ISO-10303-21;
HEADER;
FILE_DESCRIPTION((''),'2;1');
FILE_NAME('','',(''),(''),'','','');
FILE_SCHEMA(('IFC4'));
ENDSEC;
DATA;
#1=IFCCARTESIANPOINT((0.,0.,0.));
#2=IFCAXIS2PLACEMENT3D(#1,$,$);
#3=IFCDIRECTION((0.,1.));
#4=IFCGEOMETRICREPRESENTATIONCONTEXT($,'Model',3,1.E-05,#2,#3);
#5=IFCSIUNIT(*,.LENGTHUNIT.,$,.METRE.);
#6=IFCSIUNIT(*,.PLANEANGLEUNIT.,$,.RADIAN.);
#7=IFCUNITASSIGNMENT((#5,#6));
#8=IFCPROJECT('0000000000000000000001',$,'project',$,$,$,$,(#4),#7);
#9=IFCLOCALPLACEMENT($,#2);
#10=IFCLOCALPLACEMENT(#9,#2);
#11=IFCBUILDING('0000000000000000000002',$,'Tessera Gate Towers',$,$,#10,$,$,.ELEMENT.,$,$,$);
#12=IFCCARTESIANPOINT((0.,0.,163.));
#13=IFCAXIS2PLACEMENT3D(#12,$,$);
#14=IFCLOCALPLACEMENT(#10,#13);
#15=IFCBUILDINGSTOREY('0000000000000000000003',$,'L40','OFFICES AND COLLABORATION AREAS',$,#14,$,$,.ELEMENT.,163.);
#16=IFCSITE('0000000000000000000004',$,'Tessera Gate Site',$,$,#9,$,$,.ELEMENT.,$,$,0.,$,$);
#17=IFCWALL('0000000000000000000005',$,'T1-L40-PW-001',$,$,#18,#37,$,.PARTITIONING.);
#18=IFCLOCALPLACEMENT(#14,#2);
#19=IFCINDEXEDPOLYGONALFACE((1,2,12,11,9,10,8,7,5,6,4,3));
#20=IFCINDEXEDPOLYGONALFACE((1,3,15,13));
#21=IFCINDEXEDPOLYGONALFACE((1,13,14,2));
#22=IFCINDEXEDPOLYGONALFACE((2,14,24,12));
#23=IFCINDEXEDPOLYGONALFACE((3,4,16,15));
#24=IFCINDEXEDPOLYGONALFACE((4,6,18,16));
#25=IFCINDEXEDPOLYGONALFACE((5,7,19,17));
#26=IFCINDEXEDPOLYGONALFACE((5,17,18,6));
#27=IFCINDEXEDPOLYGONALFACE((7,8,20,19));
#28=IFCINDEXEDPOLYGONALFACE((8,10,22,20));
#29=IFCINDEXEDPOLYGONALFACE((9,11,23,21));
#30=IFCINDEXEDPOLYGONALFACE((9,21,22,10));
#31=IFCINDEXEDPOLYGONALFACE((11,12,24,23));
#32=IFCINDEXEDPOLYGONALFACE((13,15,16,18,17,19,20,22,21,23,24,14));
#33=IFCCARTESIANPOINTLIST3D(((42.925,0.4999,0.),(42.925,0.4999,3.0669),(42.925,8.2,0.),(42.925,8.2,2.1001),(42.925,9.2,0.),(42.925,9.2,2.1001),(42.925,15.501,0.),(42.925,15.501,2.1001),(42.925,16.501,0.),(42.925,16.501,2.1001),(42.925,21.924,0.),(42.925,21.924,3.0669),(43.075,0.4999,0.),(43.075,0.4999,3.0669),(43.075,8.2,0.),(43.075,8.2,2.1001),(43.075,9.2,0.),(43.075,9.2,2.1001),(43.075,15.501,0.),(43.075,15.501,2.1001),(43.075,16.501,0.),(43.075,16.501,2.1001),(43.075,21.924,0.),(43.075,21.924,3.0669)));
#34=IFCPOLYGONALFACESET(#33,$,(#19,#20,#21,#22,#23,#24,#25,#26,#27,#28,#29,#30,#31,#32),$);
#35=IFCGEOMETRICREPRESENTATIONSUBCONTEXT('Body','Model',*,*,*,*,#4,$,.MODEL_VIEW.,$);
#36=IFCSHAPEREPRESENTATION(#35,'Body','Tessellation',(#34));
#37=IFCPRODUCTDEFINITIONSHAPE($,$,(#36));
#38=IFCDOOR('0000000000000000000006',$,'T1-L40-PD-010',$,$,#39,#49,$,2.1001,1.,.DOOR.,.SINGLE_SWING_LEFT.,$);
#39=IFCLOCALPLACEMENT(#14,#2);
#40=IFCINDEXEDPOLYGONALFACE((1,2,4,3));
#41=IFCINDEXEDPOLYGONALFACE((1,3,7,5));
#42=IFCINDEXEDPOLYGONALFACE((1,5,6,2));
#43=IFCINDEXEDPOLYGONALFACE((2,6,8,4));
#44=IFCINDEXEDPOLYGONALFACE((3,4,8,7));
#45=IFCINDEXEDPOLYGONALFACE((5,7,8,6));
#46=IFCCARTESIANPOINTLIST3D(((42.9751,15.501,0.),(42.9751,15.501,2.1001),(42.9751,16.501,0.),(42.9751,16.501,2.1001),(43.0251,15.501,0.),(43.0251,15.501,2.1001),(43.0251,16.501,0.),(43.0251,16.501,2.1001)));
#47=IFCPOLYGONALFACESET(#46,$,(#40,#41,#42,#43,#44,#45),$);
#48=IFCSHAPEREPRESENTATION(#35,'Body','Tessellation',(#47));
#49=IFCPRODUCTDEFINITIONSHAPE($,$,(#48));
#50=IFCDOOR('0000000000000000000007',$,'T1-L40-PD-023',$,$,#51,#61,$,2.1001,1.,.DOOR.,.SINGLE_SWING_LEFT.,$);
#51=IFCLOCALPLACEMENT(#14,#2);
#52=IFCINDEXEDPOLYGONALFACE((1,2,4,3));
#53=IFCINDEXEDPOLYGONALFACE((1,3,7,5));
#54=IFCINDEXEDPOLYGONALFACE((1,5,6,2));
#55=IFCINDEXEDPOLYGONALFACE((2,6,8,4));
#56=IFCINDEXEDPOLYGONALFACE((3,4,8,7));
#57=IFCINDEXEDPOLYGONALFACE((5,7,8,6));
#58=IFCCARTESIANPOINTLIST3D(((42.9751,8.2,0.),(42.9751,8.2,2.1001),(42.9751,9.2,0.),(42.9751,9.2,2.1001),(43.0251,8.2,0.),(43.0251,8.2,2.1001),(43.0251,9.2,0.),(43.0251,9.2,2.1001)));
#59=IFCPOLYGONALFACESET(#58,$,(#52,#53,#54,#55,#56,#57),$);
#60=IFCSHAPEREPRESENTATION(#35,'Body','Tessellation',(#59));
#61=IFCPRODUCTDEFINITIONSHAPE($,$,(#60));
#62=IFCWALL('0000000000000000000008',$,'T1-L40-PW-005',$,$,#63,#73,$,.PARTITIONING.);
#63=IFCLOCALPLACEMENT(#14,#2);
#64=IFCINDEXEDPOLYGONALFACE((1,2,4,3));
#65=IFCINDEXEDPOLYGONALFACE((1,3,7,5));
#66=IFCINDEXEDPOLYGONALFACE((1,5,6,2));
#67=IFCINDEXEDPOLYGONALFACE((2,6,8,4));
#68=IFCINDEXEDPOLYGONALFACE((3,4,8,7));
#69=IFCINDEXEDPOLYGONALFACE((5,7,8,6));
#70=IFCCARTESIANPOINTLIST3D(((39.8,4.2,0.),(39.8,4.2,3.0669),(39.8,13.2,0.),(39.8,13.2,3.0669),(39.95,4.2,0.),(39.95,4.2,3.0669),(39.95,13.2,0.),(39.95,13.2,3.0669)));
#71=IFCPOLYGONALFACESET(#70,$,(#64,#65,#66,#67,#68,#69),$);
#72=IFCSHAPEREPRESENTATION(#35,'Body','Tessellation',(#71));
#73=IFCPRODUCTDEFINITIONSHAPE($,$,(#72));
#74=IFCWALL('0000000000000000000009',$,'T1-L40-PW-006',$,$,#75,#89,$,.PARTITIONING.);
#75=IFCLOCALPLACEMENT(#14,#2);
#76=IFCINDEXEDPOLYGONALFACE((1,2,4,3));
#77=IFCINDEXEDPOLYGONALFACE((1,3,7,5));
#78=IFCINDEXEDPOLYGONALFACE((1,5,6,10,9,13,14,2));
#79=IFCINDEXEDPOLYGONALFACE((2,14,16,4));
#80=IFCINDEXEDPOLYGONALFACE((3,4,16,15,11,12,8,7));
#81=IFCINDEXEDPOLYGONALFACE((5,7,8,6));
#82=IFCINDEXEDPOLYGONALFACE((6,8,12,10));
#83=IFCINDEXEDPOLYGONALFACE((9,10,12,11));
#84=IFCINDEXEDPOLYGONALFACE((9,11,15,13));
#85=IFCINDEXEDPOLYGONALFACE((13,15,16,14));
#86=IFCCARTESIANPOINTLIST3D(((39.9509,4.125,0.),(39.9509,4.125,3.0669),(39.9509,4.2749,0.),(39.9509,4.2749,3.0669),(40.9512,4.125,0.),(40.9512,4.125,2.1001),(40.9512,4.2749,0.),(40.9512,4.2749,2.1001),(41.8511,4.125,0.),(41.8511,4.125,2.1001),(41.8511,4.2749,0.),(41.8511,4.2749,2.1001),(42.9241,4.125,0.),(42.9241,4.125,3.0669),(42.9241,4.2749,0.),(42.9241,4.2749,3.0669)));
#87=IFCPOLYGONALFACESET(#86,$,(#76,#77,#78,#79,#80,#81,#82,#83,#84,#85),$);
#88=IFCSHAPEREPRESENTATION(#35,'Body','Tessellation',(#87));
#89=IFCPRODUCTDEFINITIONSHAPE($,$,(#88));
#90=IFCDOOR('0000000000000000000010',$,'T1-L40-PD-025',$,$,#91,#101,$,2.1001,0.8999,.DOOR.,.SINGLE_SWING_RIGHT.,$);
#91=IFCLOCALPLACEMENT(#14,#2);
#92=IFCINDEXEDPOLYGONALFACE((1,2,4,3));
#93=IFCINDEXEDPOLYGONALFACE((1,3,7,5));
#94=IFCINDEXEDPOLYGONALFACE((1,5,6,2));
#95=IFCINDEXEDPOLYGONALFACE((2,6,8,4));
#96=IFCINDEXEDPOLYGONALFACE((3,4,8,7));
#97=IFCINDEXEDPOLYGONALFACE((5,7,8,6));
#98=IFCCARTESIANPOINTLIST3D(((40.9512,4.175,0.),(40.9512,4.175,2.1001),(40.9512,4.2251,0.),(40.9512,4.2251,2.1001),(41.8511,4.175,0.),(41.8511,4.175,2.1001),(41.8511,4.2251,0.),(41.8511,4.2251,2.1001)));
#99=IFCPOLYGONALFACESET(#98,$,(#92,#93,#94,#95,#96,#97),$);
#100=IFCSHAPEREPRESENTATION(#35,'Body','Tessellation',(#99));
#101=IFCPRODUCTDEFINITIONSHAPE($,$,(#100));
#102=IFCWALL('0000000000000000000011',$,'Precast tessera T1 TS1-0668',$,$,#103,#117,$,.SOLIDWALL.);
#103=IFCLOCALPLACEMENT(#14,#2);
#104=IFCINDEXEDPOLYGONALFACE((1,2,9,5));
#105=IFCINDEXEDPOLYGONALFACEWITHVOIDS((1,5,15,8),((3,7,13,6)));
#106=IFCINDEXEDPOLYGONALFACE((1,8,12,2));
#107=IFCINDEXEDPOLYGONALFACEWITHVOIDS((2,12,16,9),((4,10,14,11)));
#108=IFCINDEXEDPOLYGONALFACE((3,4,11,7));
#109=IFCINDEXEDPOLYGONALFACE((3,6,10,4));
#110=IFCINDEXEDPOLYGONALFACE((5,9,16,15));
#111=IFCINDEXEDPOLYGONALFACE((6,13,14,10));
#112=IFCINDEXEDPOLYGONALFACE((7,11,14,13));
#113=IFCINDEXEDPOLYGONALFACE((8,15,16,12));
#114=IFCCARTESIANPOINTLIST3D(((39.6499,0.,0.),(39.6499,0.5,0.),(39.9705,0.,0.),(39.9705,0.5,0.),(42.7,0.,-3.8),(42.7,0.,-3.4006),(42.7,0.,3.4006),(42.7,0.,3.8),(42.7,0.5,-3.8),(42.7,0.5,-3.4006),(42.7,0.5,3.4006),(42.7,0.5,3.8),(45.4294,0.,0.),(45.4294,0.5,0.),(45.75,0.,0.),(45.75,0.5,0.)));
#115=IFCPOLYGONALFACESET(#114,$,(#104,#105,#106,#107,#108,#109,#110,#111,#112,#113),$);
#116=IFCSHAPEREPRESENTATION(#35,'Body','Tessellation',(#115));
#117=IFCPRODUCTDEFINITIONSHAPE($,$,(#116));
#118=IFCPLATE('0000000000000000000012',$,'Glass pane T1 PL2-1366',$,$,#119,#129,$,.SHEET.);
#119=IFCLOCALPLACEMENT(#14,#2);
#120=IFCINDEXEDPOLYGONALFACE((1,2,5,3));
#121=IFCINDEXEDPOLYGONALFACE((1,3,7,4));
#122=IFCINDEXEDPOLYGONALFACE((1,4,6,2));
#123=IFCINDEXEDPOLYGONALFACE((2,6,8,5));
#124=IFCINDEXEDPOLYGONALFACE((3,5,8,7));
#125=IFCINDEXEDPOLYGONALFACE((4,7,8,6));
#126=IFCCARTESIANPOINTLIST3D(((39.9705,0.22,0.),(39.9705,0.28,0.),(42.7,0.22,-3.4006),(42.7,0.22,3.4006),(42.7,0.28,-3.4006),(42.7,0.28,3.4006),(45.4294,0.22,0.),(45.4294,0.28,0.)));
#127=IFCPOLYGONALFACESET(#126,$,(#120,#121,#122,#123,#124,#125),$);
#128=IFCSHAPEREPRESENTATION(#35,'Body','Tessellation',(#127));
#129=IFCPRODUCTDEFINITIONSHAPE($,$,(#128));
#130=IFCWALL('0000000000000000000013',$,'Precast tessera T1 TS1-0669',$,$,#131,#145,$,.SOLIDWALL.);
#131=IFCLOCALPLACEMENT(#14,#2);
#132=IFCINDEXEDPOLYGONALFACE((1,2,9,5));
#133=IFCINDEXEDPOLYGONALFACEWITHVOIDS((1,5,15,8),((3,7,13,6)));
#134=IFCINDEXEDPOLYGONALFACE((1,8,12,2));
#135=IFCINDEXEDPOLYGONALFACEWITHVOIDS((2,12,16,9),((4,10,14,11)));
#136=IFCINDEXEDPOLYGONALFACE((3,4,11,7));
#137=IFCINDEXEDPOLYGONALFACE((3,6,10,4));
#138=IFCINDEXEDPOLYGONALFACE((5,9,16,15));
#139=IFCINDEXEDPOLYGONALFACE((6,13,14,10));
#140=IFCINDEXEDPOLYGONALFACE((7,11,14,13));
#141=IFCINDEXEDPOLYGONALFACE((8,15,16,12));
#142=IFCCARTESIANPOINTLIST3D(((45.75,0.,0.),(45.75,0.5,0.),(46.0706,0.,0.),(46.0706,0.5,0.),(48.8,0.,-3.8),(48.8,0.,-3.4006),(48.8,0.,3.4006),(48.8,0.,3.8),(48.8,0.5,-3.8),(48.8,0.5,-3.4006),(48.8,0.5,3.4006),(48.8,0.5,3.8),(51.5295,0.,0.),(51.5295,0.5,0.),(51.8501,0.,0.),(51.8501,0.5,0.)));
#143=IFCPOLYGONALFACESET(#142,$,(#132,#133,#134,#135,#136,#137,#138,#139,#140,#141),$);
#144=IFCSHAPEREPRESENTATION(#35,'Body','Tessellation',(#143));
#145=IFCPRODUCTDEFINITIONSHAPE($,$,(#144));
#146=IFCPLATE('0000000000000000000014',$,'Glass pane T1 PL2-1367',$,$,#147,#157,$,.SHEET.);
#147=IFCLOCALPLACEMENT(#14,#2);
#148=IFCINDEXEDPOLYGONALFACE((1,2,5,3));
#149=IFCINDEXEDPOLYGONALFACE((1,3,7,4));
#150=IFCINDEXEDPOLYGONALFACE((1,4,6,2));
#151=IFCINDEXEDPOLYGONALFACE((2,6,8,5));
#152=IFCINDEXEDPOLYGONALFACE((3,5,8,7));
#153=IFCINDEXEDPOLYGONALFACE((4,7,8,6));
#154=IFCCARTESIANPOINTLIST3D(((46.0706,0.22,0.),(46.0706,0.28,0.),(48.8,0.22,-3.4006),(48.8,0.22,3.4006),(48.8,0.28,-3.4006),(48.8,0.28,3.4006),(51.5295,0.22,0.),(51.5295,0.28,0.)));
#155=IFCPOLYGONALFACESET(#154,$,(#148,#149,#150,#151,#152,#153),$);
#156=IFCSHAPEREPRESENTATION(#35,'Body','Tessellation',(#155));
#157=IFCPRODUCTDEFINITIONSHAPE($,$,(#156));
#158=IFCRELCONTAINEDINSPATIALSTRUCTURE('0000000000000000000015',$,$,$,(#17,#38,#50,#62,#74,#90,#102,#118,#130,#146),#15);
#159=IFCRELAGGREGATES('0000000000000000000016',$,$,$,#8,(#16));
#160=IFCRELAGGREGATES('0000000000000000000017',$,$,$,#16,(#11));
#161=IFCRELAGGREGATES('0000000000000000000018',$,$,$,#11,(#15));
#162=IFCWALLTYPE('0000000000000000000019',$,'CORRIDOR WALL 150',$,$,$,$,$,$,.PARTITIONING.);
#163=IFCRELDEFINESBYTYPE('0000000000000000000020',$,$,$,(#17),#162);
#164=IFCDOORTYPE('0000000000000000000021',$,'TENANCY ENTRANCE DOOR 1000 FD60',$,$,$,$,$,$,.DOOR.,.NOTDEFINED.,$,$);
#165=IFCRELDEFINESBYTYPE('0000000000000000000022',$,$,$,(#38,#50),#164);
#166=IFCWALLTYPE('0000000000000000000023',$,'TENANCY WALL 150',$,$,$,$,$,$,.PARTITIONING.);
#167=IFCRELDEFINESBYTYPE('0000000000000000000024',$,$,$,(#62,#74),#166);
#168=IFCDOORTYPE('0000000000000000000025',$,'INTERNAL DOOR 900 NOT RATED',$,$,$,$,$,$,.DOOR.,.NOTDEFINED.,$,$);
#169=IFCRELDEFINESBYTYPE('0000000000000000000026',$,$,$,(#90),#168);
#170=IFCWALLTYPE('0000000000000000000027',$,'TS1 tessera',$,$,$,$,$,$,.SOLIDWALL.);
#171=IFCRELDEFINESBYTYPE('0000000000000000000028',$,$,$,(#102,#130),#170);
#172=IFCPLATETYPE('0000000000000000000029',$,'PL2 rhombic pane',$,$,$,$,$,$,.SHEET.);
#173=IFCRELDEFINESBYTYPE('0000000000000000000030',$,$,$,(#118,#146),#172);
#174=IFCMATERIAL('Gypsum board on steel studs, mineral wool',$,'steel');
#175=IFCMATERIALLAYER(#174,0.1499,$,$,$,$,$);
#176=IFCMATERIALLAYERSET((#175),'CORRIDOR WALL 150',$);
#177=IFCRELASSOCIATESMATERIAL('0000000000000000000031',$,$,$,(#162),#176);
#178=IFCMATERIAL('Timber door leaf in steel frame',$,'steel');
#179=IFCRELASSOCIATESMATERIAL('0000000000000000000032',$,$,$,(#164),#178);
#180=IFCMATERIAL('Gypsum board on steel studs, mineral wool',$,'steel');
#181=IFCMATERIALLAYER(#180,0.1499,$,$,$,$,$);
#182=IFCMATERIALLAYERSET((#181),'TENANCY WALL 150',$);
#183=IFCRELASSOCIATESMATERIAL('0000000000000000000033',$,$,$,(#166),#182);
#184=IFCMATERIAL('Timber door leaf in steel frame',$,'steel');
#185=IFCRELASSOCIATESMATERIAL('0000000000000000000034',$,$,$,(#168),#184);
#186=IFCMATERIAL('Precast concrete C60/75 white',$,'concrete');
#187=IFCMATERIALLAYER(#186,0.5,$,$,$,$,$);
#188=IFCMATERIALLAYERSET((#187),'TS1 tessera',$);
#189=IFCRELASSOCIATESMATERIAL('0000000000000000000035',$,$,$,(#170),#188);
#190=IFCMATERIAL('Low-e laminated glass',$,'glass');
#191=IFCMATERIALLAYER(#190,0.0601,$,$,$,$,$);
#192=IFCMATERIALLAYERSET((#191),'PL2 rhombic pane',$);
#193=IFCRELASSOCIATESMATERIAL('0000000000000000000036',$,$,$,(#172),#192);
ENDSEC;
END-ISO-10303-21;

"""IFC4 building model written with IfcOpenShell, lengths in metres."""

from ifc_helpers import new_model, si_unit, direction, frame, frame_2d, origin, place, context, subcontext, project, spatial, polyline, rectangle, outline, extrude, source, transform, mapped, material, layer, layer_set, type_object, element, fill, save


model = new_model("IFC4")

# Units and contexts
model_context = context("Model", 3, precision=1e-05, world=origin(), true_north=direction((0.0, 1.0)))
body_context = subcontext(model_context, "Body", "Model", "MODEL_VIEW")
ifc_project = project(units=[si_unit("LENGTHUNIT", "METRE"), si_unit("PLANEANGLEUNIT", "RADIAN")], contexts=[model_context])

# Site, building, storey
site_placement = place(None, origin())
site = spatial("IfcSite", under=ifc_project, at=site_placement, Name="Tessera Gate Site", CompositionType="ELEMENT", RefElevation=0.0)
building_placement = place(site_placement, origin())
building = spatial("IfcBuilding", under=site, at=building_placement, Name="Tessera Gate Towers", CompositionType="ELEMENT")
storey_placement = place(building_placement, frame((0.0, 0.0, 163.0)))
storey = spatial("IfcBuildingStorey", under=building, at=storey_placement, Name="L40", Description="OFFICES AND COLLABORATION AREAS", CompositionType="ELEMENT", Elevation=163.0)

# Wall, openings, doors
ifc_material_1 = material(Name="Gypsum board on steel studs, mineral wool", Category="steel")
ifc_layer_1 = layer(ifc_material_1, 0.1499)
ifc_layer_set_1 = layer_set([ifc_layer_1], Name="CORRIDOR WALL 150")
wall_type_1 = type_object("IfcWallType", Name="CORRIDOR WALL 150", PredefinedType="PARTITIONING", material=ifc_layer_set_1)
wall_1_placement = place(storey_placement, frame((43.0, 0.5, 0.0), z_axis=(0.0, 0.0, 1.0), x_axis=(0.0, 1.0, 0.0)))
wall_1 = element("IfcWall", 1, at=wall_1_placement, inside=storey, type_object=wall_type_1, Name="T1-L40-PW-001", PredefinedType="PARTITIONING", context=body_context, shape_type="SweptSolid", body=[
    extrude(rectangle(XDim=21.4241, YDim=0.1499, at=frame_2d((10.7119, 0.0))), origin(), (0.0, 0.0, 1.0), 3.0669),
])
shared_shape_1 = source(origin(), body_context, "Body", "SweptSolid", [
    extrude(rectangle(XDim=1.0, YDim=2.1001, at=frame_2d((0.5, 1.05))), frame((0.0, 0.085, 0.0), z_axis=(0.0, -1.0, 0.0), x_axis=(1.0, 0.0, 0.0)), (0.0, 0.0, 1.0), 0.1699),
])
opening_1_placement = place(wall_1_placement, frame((15.001, 0.0, 0.0)))
opening_1 = element("IfcOpeningElement", 2, at=opening_1_placement, cuts=wall_1, PredefinedType="OPENING", context=body_context, shape_type="MappedRepresentation", body=[
    mapped(shared_shape_1, transform((0.0, 0.0, 0.0), scale=1.0)),
])
opening_2_placement = place(wall_1_placement, frame((7.7, 0.0, 0.0)))
opening_2 = element("IfcOpeningElement", 3, at=opening_2_placement, cuts=wall_1, PredefinedType="OPENING", context=body_context, shape_type="MappedRepresentation", body=[
    mapped(shared_shape_1, transform((0.0, 0.0, 0.0), scale=1.0)),
])
ifc_material_2 = material(Name="Timber door leaf in steel frame", Category="steel")
door_type_1 = type_object("IfcDoorType", Name="TENANCY ENTRANCE DOOR 1000 FD60", OperationType="NOTDEFINED", PredefinedType="DOOR", material=ifc_material_2)
shared_shape_2 = source(origin(), body_context, "Body", "SweptSolid", [
    extrude(rectangle(XDim=1.0, YDim=2.1001, at=frame_2d((0.5, 1.05))), frame((0.0, 0.0249, 0.0), z_axis=(0.0, -1.0, 0.0), x_axis=(1.0, 0.0, 0.0)), (0.0, 0.0, 1.0), 0.05),
])
door_1_placement = place(opening_1_placement, origin())
door_1 = element("IfcDoor", 4, at=door_1_placement, inside=storey, type_object=door_type_1, Name="T1-L40-PD-010", OperationType="SINGLE_SWING_LEFT", OverallHeight=2.1001, OverallWidth=1.0, PredefinedType="DOOR", context=body_context, shape_type="MappedRepresentation", body=[
    mapped(shared_shape_2, transform((0.0, 0.0, 0.0), scale=1.0)),
])
fill(opening_1, door_1)
door_2_placement = place(opening_2_placement, origin())
door_2 = element("IfcDoor", 5, at=door_2_placement, inside=storey, type_object=door_type_1, Name="T1-L40-PD-023", OperationType="SINGLE_SWING_LEFT", OverallHeight=2.1001, OverallWidth=1.0, PredefinedType="DOOR", context=body_context, shape_type="MappedRepresentation", body=[
    mapped(shared_shape_2, transform((0.0, 0.0, 0.0), scale=1.0)),
])
fill(opening_2, door_2)

# Wall
ifc_material_3 = material(Name="Gypsum board on steel studs, mineral wool", Category="steel")
ifc_layer_2 = layer(ifc_material_3, 0.1499)
ifc_layer_set_2 = layer_set([ifc_layer_2], Name="TENANCY WALL 150")
wall_type_2 = type_object("IfcWallType", Name="TENANCY WALL 150", PredefinedType="PARTITIONING", material=ifc_layer_set_2)
wall_2_placement = place(storey_placement, frame((39.875, 4.2, 0.0), z_axis=(0.0, 0.0, 1.0), x_axis=(0.0, 1.0, 0.0)))
element("IfcWall", 6, at=wall_2_placement, inside=storey, type_object=wall_type_2, Name="T1-L40-PW-005", PredefinedType="PARTITIONING", context=body_context, shape_type="SweptSolid", body=[
    extrude(rectangle(XDim=9.0, YDim=0.1499, at=frame_2d((4.5, 0.0))), origin(), (0.0, 0.0, 1.0), 3.0669),
])

# Wall, opening, door
wall_3_placement = place(storey_placement, frame((42.9241, 4.2, 0.0), z_axis=(0.0, 0.0, 1.0), x_axis=(-1.0, 0.0, 0.0)))
wall_3 = element("IfcWall", 7, at=wall_3_placement, inside=storey, type_object=wall_type_2, Name="T1-L40-PW-006", PredefinedType="PARTITIONING", context=body_context, shape_type="SweptSolid", body=[
    extrude(rectangle(XDim=2.9731, YDim=0.1499, at=frame_2d((1.4866, 0.0))), origin(), (0.0, 0.0, 1.0), 3.0669),
])
shared_shape_3 = source(origin(), body_context, "Body", "SweptSolid", [
    extrude(rectangle(XDim=0.8999, YDim=2.1001, at=frame_2d((0.45, 1.05))), frame((0.0, 0.085, 0.0), z_axis=(0.0, -1.0, 0.0), x_axis=(1.0, 0.0, 0.0)), (0.0, 0.0, 1.0), 0.1699),
])
opening_3_placement = place(wall_3_placement, frame((1.073, 0.0, 0.0)))
opening_3 = element("IfcOpeningElement", 8, at=opening_3_placement, cuts=wall_3, PredefinedType="OPENING", context=body_context, shape_type="MappedRepresentation", body=[
    mapped(shared_shape_3, transform((0.0, 0.0, 0.0), scale=1.0)),
])
ifc_material_4 = material(Name="Timber door leaf in steel frame", Category="steel")
door_type_2 = type_object("IfcDoorType", Name="INTERNAL DOOR 900 NOT RATED", OperationType="NOTDEFINED", PredefinedType="DOOR", material=ifc_material_4)
shared_shape_4 = source(origin(), body_context, "Body", "SweptSolid", [
    extrude(rectangle(XDim=0.8999, YDim=2.1001, at=frame_2d((0.45, 1.05))), frame((0.0, 0.0249, 0.0), z_axis=(0.0, -1.0, 0.0), x_axis=(1.0, 0.0, 0.0)), (0.0, 0.0, 1.0), 0.05),
])
door_3_placement = place(opening_3_placement, origin())
door_3 = element("IfcDoor", 9, at=door_3_placement, inside=storey, type_object=door_type_2, Name="T1-L40-PD-025", OperationType="SINGLE_SWING_RIGHT", OverallHeight=2.1001, OverallWidth=0.8999, PredefinedType="DOOR", context=body_context, shape_type="MappedRepresentation", body=[
    mapped(shared_shape_4, transform((0.0, 0.0, 0.0), scale=1.0)),
])
fill(opening_3, door_3)

# Walls, openings, plates
ifc_material_5 = material(Name="Precast concrete C60/75 white", Category="concrete")
ifc_layer_3 = layer(ifc_material_5, 0.5)
ifc_layer_set_3 = layer_set([ifc_layer_3], Name="TS1 tessera")
wall_type_3 = type_object("IfcWallType", Name="TS1 tessera", PredefinedType="SOLIDWALL", material=ifc_layer_set_3)
shared_shape_5 = source(origin(), body_context, "Body", "SweptSolid", [
    extrude(outline(polyline([(3.05, 0.0), (6.1001, 3.8), (3.05, 7.6001), (0.0, 3.8), (3.05, 0.0)])), frame((0.0, 0.25, 0.0), z_axis=(0.0, -1.0, 0.0), x_axis=(1.0, 0.0, 0.0)), (0.0, 0.0, 1.0), 0.5),
])
wall_4_placement = place(storey_placement, frame((39.6499, 0.25, -3.8), z_axis=(0.0, 0.0, 1.0), x_axis=(1.0, 0.0, 0.0)))
wall_4 = element("IfcWall", 10, at=wall_4_placement, inside=storey, type_object=wall_type_3, Name="Precast tessera T1 TS1-0668", PredefinedType="SOLIDWALL", context=body_context, shape_type="MappedRepresentation", body=[
    mapped(shared_shape_5, transform((0.0, 0.0, 0.0), scale=1.0)),
])
shared_shape_6 = source(origin(), body_context, "Body", "SweptSolid", [
    extrude(outline(polyline([(3.05, 0.3994), (5.7795, 3.8), (3.05, 7.2007), (0.3206, 3.8), (3.05, 0.3994)])), frame((0.0, 0.26, 0.0), z_axis=(0.0, -1.0, 0.0), x_axis=(1.0, 0.0, 0.0)), (0.0, 0.0, 1.0), 0.52),
])
opening_4_placement = place(wall_4_placement, origin())
opening_4 = element("IfcOpeningElement", 11, at=opening_4_placement, cuts=wall_4, PredefinedType="OPENING", context=body_context, shape_type="MappedRepresentation", body=[
    mapped(shared_shape_6, transform((0.0, 0.0, 0.0), scale=1.0)),
])
ifc_material_6 = material(Name="Low-e laminated glass", Category="glass")
ifc_layer_4 = layer(ifc_material_6, 0.0601)
ifc_layer_set_4 = layer_set([ifc_layer_4], Name="PL2 rhombic pane")
plate_type = type_object("IfcPlateType", Name="PL2 rhombic pane", PredefinedType="SHEET", material=ifc_layer_set_4)
shared_shape_7 = source(origin(), body_context, "Body", "SweptSolid", [
    extrude(outline(polyline([(3.05, 0.3994), (5.7795, 3.8), (3.05, 7.2007), (0.3206, 3.8), (3.05, 0.3994)])), frame((0.0, 0.03, 0.0), z_axis=(0.0, -1.0, 0.0), x_axis=(1.0, 0.0, 0.0)), (0.0, 0.0, 1.0), 0.0601),
])
plate_1_placement = place(opening_4_placement, origin())
plate_1 = element("IfcPlate", 12, at=plate_1_placement, inside=storey, type_object=plate_type, Name="Glass pane T1 PL2-1366", PredefinedType="SHEET", context=body_context, shape_type="MappedRepresentation", body=[
    mapped(shared_shape_7, transform((0.0, 0.0, 0.0), scale=1.0)),
])
fill(opening_4, plate_1)
wall_5_placement = place(storey_placement, frame((45.75, 0.25, -3.8), z_axis=(0.0, 0.0, 1.0), x_axis=(1.0, 0.0, 0.0)))
wall_5 = element("IfcWall", 13, at=wall_5_placement, inside=storey, type_object=wall_type_3, Name="Precast tessera T1 TS1-0669", PredefinedType="SOLIDWALL", context=body_context, shape_type="MappedRepresentation", body=[
    mapped(shared_shape_5, transform((0.0, 0.0, 0.0), scale=1.0)),
])
opening_5_placement = place(wall_5_placement, origin())
opening_5 = element("IfcOpeningElement", 14, at=opening_5_placement, cuts=wall_5, PredefinedType="OPENING", context=body_context, shape_type="MappedRepresentation", body=[
    mapped(shared_shape_6, transform((0.0, 0.0, 0.0), scale=1.0)),
])
plate_2_placement = place(opening_5_placement, origin())
plate_2 = element("IfcPlate", 15, at=plate_2_placement, inside=storey, type_object=plate_type, Name="Glass pane T1 PL2-1367", PredefinedType="SHEET", context=body_context, shape_type="MappedRepresentation", body=[
    mapped(shared_shape_7, transform((0.0, 0.0, 0.0), scale=1.0)),
])
fill(opening_5, plate_2)

save(model, "model.ifc")
